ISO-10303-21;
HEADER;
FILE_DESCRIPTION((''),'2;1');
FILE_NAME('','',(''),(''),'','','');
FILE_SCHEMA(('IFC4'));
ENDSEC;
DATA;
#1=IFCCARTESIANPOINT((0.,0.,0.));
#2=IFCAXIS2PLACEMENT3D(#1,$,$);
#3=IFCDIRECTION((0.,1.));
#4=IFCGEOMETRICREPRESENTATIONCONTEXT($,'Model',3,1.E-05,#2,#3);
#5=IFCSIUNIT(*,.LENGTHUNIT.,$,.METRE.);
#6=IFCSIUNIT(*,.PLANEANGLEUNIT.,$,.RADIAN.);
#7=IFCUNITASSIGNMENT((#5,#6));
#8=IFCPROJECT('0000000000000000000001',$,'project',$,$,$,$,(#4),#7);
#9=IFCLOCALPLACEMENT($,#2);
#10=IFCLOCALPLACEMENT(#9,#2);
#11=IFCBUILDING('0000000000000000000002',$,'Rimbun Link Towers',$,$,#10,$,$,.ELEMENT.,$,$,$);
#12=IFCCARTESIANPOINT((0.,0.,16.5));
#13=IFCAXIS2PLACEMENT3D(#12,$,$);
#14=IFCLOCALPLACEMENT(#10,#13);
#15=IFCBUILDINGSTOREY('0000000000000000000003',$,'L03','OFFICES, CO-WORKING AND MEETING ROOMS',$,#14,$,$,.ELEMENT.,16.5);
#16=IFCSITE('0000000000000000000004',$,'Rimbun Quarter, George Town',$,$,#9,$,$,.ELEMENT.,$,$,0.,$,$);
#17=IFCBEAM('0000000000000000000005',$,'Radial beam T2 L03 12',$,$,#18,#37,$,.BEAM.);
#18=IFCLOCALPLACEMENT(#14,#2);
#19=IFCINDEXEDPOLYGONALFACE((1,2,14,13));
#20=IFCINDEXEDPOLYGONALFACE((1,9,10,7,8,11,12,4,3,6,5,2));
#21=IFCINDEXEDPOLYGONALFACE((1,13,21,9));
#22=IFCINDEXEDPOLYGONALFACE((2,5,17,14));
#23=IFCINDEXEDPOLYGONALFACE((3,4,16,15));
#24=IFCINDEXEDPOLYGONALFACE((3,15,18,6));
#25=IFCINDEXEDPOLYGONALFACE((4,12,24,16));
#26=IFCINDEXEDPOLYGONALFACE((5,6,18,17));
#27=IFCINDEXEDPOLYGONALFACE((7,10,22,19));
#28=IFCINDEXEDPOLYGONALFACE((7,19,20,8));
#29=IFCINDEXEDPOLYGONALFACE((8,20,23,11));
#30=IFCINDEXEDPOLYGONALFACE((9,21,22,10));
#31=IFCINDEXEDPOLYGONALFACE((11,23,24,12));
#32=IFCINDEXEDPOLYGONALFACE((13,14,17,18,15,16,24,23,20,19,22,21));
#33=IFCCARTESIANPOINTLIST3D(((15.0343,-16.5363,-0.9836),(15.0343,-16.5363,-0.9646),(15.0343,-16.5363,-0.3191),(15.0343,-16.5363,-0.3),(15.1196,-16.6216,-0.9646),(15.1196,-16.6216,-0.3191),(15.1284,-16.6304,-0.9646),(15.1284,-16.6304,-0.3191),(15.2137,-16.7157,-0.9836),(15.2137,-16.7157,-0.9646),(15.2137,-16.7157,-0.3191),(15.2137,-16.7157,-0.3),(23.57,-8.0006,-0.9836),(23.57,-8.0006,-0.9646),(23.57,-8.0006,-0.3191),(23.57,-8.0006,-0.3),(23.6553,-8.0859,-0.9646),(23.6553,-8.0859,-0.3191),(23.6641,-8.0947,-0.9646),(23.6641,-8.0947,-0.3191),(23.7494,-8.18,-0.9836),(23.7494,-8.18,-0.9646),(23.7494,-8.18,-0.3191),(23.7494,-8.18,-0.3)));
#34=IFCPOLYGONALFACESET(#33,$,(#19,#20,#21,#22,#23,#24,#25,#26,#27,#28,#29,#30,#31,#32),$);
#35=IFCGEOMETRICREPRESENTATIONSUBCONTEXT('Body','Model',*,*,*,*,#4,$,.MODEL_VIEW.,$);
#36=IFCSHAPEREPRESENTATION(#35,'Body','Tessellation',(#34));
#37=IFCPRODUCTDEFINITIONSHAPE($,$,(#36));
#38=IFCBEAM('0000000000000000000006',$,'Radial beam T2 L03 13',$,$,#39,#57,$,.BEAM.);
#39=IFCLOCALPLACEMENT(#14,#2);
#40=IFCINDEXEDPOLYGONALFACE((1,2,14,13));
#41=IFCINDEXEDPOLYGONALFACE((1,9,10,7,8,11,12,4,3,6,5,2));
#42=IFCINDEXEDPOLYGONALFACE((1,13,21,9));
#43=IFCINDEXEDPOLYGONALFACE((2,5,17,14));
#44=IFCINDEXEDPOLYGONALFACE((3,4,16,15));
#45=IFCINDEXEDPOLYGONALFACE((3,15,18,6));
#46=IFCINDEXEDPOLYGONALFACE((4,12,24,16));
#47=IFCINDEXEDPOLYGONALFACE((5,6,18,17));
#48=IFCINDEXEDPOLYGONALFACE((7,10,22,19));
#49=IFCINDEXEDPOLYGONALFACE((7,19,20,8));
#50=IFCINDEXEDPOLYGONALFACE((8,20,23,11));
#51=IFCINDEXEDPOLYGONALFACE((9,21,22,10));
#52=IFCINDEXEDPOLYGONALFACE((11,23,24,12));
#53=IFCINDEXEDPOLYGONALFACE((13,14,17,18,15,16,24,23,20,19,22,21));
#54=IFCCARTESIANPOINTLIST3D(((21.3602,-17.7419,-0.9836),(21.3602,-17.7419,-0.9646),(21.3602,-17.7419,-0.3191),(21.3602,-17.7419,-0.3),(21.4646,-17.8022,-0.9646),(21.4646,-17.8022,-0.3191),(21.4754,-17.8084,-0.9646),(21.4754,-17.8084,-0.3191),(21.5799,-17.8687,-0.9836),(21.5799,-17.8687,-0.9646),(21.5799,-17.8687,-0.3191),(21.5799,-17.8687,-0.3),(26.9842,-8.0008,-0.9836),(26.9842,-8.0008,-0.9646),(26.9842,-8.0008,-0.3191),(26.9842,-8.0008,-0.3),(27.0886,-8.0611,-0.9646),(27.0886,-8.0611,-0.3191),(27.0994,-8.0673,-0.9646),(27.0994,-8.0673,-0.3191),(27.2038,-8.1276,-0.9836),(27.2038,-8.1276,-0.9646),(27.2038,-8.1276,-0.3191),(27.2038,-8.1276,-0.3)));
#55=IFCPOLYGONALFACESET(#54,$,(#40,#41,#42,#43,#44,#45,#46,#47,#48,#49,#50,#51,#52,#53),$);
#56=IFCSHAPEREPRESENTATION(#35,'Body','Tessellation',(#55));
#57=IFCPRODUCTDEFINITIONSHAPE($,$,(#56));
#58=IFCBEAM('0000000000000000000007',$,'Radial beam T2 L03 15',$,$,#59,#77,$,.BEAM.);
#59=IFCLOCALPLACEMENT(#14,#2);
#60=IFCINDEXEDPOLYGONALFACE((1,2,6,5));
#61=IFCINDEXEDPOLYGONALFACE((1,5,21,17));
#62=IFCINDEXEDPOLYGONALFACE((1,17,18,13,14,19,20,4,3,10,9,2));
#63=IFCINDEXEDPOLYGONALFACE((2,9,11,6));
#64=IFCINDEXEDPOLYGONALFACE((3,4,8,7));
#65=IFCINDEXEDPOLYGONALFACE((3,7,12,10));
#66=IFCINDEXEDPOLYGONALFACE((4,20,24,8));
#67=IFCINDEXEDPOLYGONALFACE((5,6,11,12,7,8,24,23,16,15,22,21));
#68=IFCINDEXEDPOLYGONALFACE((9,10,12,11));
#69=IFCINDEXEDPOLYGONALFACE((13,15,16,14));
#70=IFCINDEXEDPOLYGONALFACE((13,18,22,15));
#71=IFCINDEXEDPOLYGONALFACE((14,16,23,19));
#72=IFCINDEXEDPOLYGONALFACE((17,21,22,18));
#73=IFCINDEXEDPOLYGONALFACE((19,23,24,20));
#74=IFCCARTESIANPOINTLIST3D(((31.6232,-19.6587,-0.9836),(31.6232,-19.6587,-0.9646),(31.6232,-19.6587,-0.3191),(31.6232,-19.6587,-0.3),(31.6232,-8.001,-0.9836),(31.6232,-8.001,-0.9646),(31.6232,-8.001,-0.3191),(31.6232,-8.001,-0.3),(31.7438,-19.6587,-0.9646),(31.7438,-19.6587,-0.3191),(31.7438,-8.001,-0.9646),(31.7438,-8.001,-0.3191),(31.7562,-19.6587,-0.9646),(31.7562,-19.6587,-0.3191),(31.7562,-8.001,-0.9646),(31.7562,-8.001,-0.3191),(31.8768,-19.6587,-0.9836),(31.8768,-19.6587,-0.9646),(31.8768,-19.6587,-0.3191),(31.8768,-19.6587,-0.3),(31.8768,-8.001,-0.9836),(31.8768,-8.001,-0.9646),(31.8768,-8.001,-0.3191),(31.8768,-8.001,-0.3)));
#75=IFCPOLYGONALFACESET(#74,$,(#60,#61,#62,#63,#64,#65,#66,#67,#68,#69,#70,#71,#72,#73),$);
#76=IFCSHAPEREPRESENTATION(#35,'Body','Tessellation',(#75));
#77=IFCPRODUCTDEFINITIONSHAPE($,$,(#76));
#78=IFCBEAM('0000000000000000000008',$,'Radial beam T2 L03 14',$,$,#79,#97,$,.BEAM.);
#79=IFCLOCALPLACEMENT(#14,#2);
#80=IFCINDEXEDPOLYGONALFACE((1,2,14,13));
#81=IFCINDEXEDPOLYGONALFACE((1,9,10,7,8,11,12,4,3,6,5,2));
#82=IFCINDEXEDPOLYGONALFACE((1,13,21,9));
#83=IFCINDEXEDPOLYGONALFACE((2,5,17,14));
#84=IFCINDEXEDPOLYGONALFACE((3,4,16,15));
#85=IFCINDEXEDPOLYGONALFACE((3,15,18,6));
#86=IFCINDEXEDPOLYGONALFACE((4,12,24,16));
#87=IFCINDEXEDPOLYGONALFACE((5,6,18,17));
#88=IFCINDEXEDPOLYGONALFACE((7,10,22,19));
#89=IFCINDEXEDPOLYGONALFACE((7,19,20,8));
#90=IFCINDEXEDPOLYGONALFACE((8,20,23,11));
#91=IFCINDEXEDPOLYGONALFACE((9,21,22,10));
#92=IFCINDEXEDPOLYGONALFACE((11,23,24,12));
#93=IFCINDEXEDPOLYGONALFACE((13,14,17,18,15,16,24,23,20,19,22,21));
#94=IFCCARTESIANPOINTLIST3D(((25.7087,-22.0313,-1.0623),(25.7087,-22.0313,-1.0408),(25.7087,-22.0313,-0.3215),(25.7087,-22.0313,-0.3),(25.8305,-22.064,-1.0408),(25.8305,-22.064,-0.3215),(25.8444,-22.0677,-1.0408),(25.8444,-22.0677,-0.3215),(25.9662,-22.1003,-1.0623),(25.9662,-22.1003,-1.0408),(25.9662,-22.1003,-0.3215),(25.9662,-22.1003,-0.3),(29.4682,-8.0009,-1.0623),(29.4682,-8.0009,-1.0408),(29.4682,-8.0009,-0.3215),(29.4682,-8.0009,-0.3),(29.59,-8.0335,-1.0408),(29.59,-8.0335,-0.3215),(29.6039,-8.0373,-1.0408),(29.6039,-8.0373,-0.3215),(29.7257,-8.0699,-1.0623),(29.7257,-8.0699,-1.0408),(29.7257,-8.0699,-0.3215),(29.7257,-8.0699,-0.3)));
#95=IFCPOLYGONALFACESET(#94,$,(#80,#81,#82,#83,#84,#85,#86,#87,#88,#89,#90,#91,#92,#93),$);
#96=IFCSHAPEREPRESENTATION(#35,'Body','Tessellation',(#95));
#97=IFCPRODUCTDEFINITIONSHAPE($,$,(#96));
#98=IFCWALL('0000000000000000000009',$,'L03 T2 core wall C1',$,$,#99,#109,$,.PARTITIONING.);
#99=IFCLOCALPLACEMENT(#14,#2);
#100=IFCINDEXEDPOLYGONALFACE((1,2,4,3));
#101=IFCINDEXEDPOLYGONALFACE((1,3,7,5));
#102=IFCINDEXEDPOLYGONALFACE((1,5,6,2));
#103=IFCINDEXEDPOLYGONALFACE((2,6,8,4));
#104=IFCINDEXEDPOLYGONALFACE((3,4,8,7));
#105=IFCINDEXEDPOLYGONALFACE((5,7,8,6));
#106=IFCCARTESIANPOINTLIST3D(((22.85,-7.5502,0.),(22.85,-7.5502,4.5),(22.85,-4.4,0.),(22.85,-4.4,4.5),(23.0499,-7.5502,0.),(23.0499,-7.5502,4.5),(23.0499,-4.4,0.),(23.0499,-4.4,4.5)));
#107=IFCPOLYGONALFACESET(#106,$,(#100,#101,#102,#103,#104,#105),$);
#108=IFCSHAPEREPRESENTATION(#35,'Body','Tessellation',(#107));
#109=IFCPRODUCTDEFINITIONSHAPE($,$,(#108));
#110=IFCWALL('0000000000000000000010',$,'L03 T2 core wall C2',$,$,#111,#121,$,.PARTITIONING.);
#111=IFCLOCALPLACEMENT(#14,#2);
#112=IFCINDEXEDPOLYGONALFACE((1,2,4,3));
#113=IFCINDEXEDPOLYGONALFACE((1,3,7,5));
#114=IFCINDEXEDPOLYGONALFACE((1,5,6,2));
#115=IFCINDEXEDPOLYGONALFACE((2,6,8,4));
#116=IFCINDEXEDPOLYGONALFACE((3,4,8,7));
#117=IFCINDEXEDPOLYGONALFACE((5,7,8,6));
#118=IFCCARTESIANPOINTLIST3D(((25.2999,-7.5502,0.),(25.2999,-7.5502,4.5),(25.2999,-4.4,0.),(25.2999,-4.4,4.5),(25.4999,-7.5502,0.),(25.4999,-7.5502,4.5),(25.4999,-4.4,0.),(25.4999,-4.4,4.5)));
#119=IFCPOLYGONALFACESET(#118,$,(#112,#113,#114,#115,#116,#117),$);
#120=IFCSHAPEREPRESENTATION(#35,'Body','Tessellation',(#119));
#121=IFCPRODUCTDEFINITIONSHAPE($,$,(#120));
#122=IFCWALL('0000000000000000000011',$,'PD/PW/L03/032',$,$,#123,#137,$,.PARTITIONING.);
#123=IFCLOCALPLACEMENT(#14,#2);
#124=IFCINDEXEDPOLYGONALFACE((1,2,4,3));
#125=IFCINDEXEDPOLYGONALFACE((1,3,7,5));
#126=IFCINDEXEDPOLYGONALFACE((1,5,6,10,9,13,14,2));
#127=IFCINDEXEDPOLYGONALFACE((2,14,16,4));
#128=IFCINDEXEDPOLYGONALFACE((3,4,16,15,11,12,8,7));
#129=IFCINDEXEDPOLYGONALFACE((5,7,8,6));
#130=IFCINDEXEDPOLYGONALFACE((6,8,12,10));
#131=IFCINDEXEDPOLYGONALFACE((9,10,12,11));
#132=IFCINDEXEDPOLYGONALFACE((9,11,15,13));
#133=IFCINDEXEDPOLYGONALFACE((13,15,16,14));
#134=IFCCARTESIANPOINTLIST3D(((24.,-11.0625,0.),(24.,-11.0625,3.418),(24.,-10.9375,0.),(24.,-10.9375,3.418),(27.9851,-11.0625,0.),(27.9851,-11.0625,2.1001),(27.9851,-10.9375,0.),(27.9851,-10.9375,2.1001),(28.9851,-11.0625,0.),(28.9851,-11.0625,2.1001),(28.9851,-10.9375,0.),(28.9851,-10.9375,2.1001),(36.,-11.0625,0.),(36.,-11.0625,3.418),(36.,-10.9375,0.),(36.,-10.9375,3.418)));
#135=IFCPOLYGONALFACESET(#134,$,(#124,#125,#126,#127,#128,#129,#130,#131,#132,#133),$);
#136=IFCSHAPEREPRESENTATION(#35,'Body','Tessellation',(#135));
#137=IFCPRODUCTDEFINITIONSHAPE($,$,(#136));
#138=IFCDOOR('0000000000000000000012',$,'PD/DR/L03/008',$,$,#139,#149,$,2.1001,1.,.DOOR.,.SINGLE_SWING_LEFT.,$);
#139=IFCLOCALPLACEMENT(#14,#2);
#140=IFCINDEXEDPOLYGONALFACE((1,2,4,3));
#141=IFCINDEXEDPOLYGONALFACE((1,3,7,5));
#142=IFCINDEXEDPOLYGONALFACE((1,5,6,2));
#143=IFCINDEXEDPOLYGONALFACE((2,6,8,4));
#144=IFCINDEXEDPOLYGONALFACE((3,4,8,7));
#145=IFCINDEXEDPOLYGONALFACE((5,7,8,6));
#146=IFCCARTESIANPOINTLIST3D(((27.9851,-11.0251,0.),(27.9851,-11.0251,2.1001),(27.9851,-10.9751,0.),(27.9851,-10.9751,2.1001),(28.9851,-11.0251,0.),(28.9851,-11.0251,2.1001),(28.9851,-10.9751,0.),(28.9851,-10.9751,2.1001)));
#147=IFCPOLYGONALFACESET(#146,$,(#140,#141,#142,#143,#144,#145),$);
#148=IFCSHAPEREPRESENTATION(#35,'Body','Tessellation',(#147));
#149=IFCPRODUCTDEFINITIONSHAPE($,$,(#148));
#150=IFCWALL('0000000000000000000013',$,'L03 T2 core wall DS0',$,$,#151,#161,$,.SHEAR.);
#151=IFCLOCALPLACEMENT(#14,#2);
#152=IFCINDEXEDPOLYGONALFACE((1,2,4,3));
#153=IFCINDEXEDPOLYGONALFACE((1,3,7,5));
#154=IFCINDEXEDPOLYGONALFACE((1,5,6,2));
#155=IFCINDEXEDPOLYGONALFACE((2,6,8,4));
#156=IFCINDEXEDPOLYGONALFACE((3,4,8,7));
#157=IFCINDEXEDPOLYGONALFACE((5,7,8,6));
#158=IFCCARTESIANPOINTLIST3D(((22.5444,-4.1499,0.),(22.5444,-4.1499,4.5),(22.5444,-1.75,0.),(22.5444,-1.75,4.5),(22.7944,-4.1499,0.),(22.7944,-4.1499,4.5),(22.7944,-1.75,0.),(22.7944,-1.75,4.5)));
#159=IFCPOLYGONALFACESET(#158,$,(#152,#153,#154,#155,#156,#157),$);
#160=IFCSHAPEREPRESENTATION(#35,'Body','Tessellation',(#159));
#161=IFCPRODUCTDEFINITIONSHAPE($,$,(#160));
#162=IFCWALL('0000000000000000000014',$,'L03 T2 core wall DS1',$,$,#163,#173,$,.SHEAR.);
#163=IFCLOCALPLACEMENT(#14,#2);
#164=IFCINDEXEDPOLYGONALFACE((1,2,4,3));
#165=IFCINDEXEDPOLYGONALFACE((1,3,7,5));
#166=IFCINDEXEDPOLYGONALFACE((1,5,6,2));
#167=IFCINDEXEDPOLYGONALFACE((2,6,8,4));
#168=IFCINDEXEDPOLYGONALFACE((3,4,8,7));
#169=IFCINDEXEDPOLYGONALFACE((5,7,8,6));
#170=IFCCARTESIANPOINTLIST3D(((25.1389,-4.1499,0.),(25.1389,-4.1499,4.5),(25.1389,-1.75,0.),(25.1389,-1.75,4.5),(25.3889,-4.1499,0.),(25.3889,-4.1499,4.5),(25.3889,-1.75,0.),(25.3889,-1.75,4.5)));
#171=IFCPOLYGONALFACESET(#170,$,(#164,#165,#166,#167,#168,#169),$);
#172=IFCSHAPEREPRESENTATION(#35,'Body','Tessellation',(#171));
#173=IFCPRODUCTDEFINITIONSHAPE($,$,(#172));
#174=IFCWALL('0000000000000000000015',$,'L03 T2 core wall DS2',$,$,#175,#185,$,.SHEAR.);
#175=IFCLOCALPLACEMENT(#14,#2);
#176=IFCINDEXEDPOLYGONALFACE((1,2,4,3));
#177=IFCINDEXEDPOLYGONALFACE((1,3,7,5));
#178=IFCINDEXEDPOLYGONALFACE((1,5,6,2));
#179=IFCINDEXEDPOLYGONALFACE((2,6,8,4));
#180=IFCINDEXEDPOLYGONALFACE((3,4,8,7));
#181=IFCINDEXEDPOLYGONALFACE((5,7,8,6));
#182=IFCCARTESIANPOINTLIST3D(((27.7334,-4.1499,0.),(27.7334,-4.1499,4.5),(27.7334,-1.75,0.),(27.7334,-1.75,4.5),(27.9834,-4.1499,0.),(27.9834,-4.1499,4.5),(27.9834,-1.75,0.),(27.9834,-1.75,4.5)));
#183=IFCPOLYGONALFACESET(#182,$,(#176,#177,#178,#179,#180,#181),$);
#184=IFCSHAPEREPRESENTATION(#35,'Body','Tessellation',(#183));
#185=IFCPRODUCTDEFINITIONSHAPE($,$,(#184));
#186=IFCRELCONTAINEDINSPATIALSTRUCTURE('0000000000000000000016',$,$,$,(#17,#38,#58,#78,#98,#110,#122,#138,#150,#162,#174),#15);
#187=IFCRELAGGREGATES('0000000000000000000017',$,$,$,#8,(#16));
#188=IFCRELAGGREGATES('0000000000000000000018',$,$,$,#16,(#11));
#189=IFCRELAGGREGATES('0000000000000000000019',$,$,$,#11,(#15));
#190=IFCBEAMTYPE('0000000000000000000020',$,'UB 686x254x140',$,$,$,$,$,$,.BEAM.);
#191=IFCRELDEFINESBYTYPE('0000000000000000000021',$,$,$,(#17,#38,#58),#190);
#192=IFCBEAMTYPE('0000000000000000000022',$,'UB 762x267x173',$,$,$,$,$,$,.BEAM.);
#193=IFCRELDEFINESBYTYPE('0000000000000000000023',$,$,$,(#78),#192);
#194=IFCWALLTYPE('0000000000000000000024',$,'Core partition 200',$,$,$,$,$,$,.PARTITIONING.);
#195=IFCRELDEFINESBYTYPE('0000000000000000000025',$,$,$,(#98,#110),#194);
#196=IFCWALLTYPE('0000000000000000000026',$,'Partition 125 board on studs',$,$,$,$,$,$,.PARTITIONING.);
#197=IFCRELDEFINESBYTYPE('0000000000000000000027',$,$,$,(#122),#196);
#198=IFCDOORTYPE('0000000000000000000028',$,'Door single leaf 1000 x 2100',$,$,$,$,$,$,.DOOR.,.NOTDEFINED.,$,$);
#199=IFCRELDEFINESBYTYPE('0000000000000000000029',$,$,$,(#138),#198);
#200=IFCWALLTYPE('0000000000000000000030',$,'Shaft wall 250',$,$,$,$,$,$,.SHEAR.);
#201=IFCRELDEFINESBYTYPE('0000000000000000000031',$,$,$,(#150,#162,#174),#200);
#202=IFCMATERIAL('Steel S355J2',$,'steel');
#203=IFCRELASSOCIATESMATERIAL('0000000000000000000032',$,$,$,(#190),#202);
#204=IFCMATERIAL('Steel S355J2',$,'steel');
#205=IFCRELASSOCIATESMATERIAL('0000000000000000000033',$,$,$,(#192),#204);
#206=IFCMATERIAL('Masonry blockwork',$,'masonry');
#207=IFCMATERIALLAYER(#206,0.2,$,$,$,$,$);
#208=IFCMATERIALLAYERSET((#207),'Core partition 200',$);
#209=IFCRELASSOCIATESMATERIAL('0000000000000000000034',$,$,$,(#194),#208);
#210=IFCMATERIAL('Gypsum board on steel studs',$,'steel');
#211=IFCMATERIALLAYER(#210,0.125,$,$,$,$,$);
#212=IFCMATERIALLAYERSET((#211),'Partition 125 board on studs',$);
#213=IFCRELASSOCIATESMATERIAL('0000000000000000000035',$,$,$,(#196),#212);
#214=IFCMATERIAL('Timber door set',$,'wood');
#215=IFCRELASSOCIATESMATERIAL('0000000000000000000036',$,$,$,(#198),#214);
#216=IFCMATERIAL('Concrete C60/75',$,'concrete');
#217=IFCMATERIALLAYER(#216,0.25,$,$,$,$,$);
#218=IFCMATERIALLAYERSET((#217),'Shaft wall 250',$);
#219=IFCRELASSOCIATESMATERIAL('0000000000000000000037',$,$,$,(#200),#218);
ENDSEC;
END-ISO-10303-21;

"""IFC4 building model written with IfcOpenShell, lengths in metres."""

from ifc_helpers import new_model, si_unit, direction, frame, frame_2d, origin, origin_2d, place, context, subcontext, project, spatial, rectangle, i_section, extrude, material, layer, layer_set, material_profile, profile_set, type_object, element, fill, save


model = new_model("IFC4")

# Units and contexts
model_context = context("Model", 3, precision=1e-05, world=origin(), true_north=direction((0.0, 1.0)))
body_context = subcontext(model_context, "Body", "Model", "MODEL_VIEW")
ifc_project = project(units=[si_unit("LENGTHUNIT", "METRE"), si_unit("PLANEANGLEUNIT", "RADIAN")], contexts=[model_context])

# Site, building, storey
site_placement = place(None, origin())
site = spatial("IfcSite", under=ifc_project, at=site_placement, Name="Rimbun Quarter, George Town", CompositionType="ELEMENT", RefElevation=0.0)
building_placement = place(site_placement, origin())
building = spatial("IfcBuilding", under=site, at=building_placement, Name="Rimbun Link Towers", CompositionType="ELEMENT")
storey_placement = place(building_placement, frame((0.0, 0.0, 16.5)))
storey = spatial("IfcBuildingStorey", under=building, at=storey_placement, Name="L03", Description="OFFICES, CO-WORKING AND MEETING ROOMS", CompositionType="ELEMENT", Elevation=16.5)

# Beams
ifc_material_1 = material(Name="Steel S355J2", Category="steel")
ifc_material_profile_1 = material_profile(ifc_material_1, i_section(OverallWidth=0.2537, OverallDepth=0.6836, WebThickness=0.0125, FlangeThickness=0.019, at=origin_2d()), Name="UB 686x254x140")
ifc_profile_set_1 = profile_set([ifc_material_profile_1], Name="Steel S355J2")
beam_type_1 = type_object("IfcBeamType", Name="UB 686x254x140", PredefinedType="BEAM", material=ifc_profile_set_1)
beam_1_placement = place(storey_placement, frame((23.6597, -8.0903, -0.6418), z_axis=(-0.707107, -0.707107, 0.0), x_axis=(0.707107, -0.707107, 0.0)))
element("IfcBeam", 1, at=beam_1_placement, inside=storey, type_object=beam_type_1, Name="Radial beam T2 L03 12", PredefinedType="BEAM", context=body_context, shape_type="SweptSolid", body=[
    extrude(i_section(OverallWidth=0.2537, OverallDepth=0.6836, WebThickness=0.0125, FlangeThickness=0.019, at=origin_2d()), origin(), (0.0, 0.0, 1.0), 12.0713),
])
beam_2_placement = place(storey_placement, frame((27.094, -8.0642, -0.6418), z_axis=(-0.499996, -0.866028, 0.0), x_axis=(0.866028, -0.499996, 0.0)))
element("IfcBeam", 2, at=beam_2_placement, inside=storey, type_object=beam_type_1, Name="Radial beam T2 L03 13", PredefinedType="BEAM", context=body_context, shape_type="SweptSolid", body=[
    extrude(i_section(OverallWidth=0.2537, OverallDepth=0.6836, WebThickness=0.0125, FlangeThickness=0.019, at=origin_2d()), origin(), (0.0, 0.0, 1.0), 11.248),
])
beam_3_placement = place(storey_placement, frame((31.75, -8.001, -0.6418), z_axis=(0.0, -1.0, 0.0), x_axis=(1.0, 0.0, 0.0)))
element("IfcBeam", 3, at=beam_3_placement, inside=storey, type_object=beam_type_1, Name="Radial beam T2 L03 15", PredefinedType="BEAM", context=body_context, shape_type="SweptSolid", body=[
    extrude(i_section(OverallWidth=0.2537, OverallDepth=0.6836, WebThickness=0.0125, FlangeThickness=0.019, at=origin_2d()), origin(), (0.0, 0.0, 1.0), 11.6577),
])
ifc_material_2 = material(Name="Steel S355J2", Category="steel")
ifc_material_profile_2 = material_profile(ifc_material_2, i_section(OverallWidth=0.2666, OverallDepth=0.7622, WebThickness=0.0144, FlangeThickness=0.0215, at=origin_2d()), Name="UB 762x267x173")
ifc_profile_set_2 = profile_set([ifc_material_profile_2], Name="Steel S355J2")
beam_type_2 = type_object("IfcBeamType", Name="UB 762x267x173", PredefinedType="BEAM", material=ifc_profile_set_2)
beam_4_placement = place(storey_placement, frame((29.5969, -8.0354, -0.6812), z_axis=(-0.258823, -0.965925, 0.0), x_axis=(0.965925, -0.258823, 0.0)))
element("IfcBeam", 4, at=beam_4_placement, inside=storey, type_object=beam_type_2, Name="Radial beam T2 L03 14", PredefinedType="BEAM", context=body_context, shape_type="SweptSolid", body=[
    extrude(i_section(OverallWidth=0.2666, OverallDepth=0.7622, WebThickness=0.0144, FlangeThickness=0.0215, at=origin_2d()), origin(), (0.0, 0.0, 1.0), 14.5254),
])

# Walls
ifc_material_3 = material(Name="Masonry blockwork", Category="masonry")
ifc_layer_1 = layer(ifc_material_3, 0.2)
ifc_layer_set_1 = layer_set([ifc_layer_1], Name="Core partition 200")
wall_type_1 = type_object("IfcWallType", Name="Core partition 200", PredefinedType="PARTITIONING", material=ifc_layer_set_1)
for number, where, z_axis, x_axis, name in (
    (5, (22.95, -4.3999, 0.0), (0.0, 0.0, 1.0), (0.0, -1.0, 0.0), "L03 T2 core wall C1"),
    (6, (25.3999, -4.3999, 0.0), (0.0, 0.0, 1.0), (0.0, -1.0, 0.0), "L03 T2 core wall C2"),
):
    element("IfcWall", number, at=place(storey_placement, frame(where, z_axis=z_axis, x_axis=x_axis)), inside=storey, type_object=wall_type_1, Name=name, PredefinedType="PARTITIONING", context=body_context, shape_type="SweptSolid", body=[
        extrude(rectangle(XDim=3.1501, YDim=0.2, at=frame_2d((1.5752, 0.0))), origin(), (0.0, 0.0, 1.0), 4.5),
    ])

# Wall, opening, door
ifc_material_4 = material(Name="Gypsum board on steel studs", Category="steel")
ifc_layer_2 = layer(ifc_material_4, 0.125)
ifc_layer_set_2 = layer_set([ifc_layer_2], Name="Partition 125 board on studs")
wall_type_2 = type_object("IfcWallType", Name="Partition 125 board on studs", PredefinedType="PARTITIONING", material=ifc_layer_set_2)
wall_1_placement = place(storey_placement, frame((24.0, -11.0, 0.0), z_axis=(0.0, 0.0, 1.0), x_axis=(1.0, 0.0, 0.0)))
wall_1 = element("IfcWall", 7, at=wall_1_placement, inside=storey, type_object=wall_type_2, Name="PD/PW/L03/032", PredefinedType="PARTITIONING", context=body_context, shape_type="SweptSolid", body=[
    extrude(rectangle(XDim=12.0, YDim=0.125, at=frame_2d((6.0, 0.0))), origin(), (0.0, 0.0, 1.0), 3.418),
])
opening_1_placement = place(wall_1_placement, frame((3.9851, 0.0, 0.0)))
opening_1 = element("IfcOpeningElement", 8, at=opening_1_placement, cuts=wall_1, PredefinedType="OPENING", context=body_context, shape_type="SweptSolid", body=[
    extrude(rectangle(XDim=1.0, YDim=2.1001, at=frame_2d((0.5, 1.05))), frame((0.0, 0.0725, 0.0), z_axis=(0.0, -1.0, 0.0), x_axis=(1.0, 0.0, 0.0)), (0.0, 0.0, 1.0), 0.145),
])
ifc_material_5 = material(Name="Timber door set", Category="wood")
door_type_1 = type_object("IfcDoorType", Name="Door single leaf 1000 x 2100", OperationType="NOTDEFINED", PredefinedType="DOOR", material=ifc_material_5)
door_1_placement = place(opening_1_placement, origin())
door_1 = element("IfcDoor", 9, at=door_1_placement, inside=storey, type_object=door_type_1, Name="PD/DR/L03/008", OperationType="SINGLE_SWING_LEFT", OverallHeight=2.1001, OverallWidth=1.0, PredefinedType="DOOR", context=body_context, shape_type="SweptSolid", body=[
    extrude(rectangle(XDim=1.0, YDim=2.1001, at=frame_2d((0.5, 1.05))), frame((0.0, 0.0249, 0.0), z_axis=(0.0, -1.0, 0.0), x_axis=(1.0, 0.0, 0.0)), (0.0, 0.0, 1.0), 0.05),
])
fill(opening_1, door_1)

# Walls
ifc_material_6 = material(Name="Concrete C60/75", Category="concrete")
ifc_layer_3 = layer(ifc_material_6, 0.25)
ifc_layer_set_3 = layer_set([ifc_layer_3], Name="Shaft wall 250")
wall_type_3 = type_object("IfcWallType", Name="Shaft wall 250", PredefinedType="SHEAR", material=ifc_layer_set_3)
for number, where, z_axis, x_axis, name in (
    (10, (22.6694, -4.1499, 0.0), (0.0, 0.0, 1.0), (0.0, 1.0, 0.0), "L03 T2 core wall DS0"),
    (11, (25.2639, -4.1499, 0.0), (0.0, 0.0, 1.0), (0.0, 1.0, 0.0), "L03 T2 core wall DS1"),
    (12, (27.8584, -4.1499, 0.0), (0.0, 0.0, 1.0), (0.0, 1.0, 0.0), "L03 T2 core wall DS2"),
):
    element("IfcWall", number, at=place(storey_placement, frame(where, z_axis=z_axis, x_axis=x_axis)), inside=storey, type_object=wall_type_3, Name=name, PredefinedType="SHEAR", context=body_context, shape_type="SweptSolid", body=[
        extrude(rectangle(XDim=2.3999, YDim=0.25, at=frame_2d((1.2, 0.0))), origin(), (0.0, 0.0, 1.0), 4.5),
    ])

save(model, "model.ifc")
